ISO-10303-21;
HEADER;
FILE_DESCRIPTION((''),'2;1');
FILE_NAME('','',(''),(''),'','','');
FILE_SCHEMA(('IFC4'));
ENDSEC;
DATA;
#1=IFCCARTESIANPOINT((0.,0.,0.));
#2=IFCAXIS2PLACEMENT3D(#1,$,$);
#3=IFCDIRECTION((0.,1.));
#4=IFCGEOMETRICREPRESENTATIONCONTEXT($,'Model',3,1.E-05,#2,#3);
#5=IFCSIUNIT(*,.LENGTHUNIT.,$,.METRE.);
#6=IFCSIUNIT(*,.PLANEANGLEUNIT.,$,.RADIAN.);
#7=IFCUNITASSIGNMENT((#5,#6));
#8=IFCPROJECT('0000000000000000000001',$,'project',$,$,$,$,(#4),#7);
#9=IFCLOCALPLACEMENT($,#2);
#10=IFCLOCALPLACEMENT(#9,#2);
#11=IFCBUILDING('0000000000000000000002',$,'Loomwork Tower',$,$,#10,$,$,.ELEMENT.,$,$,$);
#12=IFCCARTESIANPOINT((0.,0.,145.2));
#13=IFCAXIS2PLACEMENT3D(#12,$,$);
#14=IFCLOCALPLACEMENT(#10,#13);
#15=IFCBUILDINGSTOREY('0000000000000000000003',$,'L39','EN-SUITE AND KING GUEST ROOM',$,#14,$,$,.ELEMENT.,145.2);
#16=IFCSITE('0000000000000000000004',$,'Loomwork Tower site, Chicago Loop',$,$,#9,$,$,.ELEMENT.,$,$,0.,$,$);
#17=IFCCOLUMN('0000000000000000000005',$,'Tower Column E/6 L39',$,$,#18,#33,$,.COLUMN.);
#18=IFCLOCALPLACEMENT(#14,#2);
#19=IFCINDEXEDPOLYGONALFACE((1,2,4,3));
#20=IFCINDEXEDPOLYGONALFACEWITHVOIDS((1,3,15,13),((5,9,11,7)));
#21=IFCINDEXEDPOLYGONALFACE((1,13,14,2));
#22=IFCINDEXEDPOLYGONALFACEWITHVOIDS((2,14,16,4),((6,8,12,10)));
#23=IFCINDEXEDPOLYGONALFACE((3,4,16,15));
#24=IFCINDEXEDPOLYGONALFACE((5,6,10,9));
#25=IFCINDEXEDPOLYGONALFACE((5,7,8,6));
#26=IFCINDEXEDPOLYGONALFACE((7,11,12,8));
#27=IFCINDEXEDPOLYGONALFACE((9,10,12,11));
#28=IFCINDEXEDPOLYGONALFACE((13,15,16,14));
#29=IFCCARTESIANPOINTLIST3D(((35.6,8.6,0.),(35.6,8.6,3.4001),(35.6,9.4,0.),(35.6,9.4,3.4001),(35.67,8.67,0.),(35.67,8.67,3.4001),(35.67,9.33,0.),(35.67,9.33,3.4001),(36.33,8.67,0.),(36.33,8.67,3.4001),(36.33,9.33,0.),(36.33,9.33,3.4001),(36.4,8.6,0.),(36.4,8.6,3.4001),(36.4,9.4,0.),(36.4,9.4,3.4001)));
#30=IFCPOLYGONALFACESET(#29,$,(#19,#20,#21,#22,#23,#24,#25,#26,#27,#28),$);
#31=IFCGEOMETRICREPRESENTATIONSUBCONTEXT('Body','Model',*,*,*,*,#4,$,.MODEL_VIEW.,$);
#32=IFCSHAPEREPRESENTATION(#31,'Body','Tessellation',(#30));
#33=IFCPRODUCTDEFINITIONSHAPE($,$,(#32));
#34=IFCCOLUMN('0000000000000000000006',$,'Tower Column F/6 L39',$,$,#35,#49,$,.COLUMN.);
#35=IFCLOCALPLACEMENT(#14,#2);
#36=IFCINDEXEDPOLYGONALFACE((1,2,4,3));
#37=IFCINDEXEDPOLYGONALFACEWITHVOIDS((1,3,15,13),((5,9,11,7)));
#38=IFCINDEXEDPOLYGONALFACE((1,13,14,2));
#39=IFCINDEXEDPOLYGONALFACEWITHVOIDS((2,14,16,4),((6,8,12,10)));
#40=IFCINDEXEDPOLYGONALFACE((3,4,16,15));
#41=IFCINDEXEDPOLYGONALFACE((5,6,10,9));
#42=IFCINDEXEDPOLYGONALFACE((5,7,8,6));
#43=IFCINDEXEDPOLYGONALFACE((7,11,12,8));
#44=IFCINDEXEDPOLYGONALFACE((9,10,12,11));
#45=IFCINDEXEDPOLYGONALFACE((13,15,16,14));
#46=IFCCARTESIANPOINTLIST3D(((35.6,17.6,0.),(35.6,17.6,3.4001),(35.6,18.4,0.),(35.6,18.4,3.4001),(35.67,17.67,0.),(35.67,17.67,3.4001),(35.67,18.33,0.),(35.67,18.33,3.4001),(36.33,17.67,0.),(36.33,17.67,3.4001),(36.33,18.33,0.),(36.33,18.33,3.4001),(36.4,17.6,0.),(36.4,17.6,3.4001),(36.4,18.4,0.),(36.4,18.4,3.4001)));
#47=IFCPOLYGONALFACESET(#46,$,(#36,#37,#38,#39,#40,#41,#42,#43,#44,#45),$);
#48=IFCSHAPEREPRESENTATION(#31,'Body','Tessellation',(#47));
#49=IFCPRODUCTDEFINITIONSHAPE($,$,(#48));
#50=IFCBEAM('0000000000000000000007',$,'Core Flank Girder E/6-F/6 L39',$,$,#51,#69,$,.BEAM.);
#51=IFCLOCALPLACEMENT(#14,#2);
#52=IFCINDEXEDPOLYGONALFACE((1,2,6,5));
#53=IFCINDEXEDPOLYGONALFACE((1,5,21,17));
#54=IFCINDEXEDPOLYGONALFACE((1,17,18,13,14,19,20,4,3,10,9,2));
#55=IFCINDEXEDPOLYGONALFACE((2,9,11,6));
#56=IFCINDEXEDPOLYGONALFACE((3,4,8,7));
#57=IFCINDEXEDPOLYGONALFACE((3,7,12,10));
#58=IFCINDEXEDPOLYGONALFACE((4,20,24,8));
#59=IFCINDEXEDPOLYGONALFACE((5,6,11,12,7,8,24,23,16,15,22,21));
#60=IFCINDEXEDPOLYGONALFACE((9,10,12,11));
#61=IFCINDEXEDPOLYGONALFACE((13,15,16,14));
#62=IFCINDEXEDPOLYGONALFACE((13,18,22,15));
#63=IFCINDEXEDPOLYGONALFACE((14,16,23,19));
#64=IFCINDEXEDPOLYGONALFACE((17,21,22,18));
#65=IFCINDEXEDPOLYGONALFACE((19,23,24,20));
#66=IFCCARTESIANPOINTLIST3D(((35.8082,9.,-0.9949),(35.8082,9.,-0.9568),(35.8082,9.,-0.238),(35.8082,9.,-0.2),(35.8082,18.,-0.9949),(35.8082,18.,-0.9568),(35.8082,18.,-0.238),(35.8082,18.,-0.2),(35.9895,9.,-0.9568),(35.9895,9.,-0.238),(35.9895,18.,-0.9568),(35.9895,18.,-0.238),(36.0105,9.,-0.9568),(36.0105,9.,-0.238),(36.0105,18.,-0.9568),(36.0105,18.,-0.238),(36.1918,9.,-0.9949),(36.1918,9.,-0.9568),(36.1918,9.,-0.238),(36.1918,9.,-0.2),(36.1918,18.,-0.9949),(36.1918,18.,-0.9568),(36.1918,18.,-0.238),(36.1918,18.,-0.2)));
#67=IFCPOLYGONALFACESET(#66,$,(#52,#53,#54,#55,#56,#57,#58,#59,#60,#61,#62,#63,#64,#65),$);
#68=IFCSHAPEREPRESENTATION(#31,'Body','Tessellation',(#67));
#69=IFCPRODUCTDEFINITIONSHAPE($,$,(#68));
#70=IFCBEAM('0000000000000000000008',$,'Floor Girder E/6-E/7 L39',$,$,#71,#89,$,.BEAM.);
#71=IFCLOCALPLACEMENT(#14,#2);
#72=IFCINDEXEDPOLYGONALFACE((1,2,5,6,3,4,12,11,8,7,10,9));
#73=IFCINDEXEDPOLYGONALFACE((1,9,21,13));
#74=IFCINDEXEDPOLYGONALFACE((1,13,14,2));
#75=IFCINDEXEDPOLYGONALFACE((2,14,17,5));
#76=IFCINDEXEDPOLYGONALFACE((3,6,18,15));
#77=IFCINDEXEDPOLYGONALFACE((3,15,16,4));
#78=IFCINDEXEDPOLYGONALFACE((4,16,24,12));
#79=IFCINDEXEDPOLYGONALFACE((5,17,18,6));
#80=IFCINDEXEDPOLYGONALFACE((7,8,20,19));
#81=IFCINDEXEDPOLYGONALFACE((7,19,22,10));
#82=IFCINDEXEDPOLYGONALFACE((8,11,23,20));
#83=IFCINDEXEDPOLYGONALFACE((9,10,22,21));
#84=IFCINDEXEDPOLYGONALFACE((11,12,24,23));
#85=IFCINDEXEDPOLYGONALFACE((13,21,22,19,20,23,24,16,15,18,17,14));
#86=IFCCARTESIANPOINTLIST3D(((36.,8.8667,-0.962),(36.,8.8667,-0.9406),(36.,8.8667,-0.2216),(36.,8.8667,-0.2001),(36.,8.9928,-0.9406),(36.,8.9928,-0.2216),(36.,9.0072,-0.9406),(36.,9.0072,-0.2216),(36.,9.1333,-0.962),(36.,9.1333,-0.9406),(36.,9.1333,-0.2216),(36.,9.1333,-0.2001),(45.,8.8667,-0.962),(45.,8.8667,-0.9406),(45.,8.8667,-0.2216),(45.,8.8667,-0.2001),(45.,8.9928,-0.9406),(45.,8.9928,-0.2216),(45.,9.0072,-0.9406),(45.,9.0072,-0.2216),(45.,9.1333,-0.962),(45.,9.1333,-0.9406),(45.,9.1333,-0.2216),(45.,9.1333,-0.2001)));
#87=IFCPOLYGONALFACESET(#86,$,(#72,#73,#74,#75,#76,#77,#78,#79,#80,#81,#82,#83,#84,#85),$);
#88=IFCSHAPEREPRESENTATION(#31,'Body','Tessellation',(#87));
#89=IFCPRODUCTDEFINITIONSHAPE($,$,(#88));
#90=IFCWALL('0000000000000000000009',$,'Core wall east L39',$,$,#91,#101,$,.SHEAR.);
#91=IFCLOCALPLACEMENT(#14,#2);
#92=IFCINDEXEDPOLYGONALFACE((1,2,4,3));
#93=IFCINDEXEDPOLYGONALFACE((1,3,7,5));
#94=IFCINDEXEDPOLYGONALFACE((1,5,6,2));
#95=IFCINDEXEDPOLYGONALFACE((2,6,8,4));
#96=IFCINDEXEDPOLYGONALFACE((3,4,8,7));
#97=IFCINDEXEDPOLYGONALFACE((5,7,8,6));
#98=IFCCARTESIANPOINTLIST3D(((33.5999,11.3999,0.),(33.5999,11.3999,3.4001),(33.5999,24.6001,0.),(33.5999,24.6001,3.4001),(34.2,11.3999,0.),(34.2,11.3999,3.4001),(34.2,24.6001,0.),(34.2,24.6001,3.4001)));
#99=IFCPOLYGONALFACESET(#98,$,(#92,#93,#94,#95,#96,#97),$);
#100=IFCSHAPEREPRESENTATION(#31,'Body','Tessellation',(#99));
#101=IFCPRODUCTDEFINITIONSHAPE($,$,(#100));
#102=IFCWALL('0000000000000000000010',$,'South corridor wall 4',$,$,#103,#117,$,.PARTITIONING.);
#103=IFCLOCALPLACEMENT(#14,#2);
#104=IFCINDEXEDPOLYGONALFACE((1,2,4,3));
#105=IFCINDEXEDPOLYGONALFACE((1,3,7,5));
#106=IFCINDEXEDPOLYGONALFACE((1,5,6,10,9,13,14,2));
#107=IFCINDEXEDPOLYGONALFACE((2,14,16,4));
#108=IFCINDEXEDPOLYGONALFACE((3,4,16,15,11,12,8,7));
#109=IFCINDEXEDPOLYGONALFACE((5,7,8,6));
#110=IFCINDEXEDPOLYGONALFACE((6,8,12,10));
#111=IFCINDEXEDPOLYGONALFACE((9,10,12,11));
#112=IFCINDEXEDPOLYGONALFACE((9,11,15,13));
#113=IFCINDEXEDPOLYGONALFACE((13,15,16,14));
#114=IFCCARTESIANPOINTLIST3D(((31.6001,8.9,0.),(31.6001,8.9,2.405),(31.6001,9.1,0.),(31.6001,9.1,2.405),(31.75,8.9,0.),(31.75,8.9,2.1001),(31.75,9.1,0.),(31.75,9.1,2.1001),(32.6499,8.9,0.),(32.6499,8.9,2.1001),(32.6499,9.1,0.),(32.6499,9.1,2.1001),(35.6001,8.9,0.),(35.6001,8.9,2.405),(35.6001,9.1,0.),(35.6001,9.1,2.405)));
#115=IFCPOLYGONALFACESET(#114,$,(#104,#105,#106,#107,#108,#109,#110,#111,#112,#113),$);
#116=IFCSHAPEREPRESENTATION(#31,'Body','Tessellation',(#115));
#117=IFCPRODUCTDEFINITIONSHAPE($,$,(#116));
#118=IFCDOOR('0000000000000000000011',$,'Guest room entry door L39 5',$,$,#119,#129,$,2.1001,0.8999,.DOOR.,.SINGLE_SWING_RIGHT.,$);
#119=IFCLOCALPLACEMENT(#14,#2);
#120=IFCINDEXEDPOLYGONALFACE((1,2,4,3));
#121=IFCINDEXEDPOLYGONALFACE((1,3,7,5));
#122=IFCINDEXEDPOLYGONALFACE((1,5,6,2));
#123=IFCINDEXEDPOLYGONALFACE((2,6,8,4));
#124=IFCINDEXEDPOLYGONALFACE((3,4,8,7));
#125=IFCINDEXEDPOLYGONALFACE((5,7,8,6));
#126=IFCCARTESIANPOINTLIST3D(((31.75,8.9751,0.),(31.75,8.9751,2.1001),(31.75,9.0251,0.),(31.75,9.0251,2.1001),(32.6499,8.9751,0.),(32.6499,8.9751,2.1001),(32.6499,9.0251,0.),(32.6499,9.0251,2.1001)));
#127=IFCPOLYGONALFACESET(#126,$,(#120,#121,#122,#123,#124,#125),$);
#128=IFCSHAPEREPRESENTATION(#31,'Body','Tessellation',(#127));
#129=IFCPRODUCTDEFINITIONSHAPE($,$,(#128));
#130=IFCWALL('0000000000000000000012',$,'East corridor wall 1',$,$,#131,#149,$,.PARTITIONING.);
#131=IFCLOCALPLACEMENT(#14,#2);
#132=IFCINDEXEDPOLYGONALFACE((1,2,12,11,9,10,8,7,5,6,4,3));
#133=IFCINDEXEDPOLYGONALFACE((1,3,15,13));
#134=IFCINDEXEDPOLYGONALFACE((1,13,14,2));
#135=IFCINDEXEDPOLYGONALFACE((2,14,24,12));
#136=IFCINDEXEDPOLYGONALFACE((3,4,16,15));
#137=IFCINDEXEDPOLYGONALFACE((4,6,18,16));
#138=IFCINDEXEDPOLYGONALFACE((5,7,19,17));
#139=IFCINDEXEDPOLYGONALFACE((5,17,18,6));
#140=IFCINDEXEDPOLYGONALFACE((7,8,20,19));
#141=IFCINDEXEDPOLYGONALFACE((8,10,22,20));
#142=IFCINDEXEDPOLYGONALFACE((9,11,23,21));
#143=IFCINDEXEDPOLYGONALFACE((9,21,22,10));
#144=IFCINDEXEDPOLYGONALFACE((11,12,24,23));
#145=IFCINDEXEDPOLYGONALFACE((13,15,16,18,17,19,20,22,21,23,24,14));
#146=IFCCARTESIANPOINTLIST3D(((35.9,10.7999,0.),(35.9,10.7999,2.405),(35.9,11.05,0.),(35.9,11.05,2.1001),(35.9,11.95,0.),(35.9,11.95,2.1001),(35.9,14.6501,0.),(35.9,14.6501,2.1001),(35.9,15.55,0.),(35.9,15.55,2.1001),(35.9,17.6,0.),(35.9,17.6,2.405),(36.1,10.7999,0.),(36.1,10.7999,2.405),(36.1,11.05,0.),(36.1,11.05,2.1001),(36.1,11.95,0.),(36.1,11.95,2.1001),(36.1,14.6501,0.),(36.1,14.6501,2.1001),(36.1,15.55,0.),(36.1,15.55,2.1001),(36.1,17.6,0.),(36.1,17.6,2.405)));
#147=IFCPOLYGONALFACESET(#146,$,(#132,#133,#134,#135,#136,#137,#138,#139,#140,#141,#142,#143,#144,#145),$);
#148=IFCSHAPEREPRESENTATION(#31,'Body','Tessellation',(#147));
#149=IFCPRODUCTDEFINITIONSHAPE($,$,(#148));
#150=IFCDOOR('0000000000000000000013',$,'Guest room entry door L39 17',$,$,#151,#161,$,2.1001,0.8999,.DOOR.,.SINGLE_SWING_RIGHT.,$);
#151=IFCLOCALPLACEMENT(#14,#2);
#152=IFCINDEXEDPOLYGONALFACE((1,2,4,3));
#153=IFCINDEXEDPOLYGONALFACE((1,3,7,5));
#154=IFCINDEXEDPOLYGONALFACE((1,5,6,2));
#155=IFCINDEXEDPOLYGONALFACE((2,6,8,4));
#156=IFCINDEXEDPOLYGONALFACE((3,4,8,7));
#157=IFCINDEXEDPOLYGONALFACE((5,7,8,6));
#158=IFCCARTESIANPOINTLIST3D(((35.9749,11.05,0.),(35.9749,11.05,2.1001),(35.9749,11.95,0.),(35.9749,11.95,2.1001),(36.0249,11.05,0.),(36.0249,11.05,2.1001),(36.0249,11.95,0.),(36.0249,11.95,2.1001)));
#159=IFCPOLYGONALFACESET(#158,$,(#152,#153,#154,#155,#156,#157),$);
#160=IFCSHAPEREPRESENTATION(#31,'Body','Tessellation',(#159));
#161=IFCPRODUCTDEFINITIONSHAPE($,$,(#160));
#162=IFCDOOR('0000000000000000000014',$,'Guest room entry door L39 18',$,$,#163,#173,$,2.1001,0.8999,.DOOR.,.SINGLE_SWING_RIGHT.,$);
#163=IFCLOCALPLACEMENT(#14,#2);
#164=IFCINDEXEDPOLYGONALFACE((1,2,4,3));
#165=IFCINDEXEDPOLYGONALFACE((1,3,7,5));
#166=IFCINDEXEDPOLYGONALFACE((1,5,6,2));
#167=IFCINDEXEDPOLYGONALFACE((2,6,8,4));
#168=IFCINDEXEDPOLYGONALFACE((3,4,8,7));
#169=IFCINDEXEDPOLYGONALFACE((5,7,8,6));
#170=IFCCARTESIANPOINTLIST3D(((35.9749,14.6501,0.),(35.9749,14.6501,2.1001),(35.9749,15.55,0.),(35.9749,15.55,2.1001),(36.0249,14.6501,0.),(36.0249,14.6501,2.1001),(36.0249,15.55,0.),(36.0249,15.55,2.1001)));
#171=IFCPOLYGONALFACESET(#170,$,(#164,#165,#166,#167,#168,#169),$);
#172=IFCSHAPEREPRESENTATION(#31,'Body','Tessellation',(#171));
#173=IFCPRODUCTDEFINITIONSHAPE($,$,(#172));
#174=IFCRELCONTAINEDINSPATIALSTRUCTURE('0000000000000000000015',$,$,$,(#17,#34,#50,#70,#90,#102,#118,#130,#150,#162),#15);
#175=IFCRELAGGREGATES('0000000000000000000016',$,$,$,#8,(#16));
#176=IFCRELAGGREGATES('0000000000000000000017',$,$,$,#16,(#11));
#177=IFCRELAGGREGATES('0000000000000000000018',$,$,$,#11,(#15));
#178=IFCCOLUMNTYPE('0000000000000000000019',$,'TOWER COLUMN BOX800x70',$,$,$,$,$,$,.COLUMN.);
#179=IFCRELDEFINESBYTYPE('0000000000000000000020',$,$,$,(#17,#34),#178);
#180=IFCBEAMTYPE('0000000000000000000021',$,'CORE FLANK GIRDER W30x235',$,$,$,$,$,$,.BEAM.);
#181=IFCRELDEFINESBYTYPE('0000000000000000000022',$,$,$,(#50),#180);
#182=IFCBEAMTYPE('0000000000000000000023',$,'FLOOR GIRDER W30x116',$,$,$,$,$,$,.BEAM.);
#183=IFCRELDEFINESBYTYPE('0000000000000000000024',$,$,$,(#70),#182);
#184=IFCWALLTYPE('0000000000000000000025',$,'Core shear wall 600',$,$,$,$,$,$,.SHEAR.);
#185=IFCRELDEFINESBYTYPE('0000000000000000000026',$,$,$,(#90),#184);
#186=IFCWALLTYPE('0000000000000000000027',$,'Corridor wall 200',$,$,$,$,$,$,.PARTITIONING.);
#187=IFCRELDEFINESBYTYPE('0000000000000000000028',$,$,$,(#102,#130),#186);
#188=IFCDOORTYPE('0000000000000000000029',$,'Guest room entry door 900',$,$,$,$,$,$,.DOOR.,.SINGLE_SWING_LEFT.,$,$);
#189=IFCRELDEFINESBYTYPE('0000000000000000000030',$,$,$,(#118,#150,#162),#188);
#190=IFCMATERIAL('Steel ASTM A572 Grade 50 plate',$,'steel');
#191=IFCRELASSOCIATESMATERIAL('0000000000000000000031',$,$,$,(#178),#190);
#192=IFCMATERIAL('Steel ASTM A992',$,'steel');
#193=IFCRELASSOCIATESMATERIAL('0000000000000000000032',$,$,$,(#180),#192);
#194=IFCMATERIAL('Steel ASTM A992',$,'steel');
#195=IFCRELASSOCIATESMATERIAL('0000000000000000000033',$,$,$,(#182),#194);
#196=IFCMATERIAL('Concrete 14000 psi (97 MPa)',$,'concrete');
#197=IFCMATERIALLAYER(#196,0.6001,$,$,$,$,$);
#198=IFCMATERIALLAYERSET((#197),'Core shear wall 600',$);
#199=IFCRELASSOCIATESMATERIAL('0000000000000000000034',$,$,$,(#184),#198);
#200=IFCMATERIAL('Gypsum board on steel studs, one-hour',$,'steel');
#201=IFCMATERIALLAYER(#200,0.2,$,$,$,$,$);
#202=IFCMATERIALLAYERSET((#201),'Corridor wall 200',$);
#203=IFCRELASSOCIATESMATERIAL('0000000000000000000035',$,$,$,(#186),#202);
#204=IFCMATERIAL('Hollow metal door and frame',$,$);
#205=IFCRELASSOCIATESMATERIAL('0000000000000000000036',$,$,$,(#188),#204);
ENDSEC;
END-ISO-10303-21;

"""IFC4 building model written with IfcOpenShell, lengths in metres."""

from ifc_helpers import new_model, si_unit, direction, frame, frame_2d, origin, origin_2d, place, context, subcontext, project, spatial, rectangle, hollow_rectangle, i_section, extrude, material, layer, layer_set, material_profile, profile_set, type_object, element, fill, save


model = new_model("IFC4")

# Units and contexts
model_context = context("Model", 3, precision=1e-05, world=origin(), true_north=direction((0.0, 1.0)))
body_context = subcontext(model_context, "Body", "Model", "MODEL_VIEW")
ifc_project = project(units=[si_unit("LENGTHUNIT", "METRE"), si_unit("PLANEANGLEUNIT", "RADIAN")], contexts=[model_context])

# Site, building, storey
site_placement = place(None, origin())
site = spatial("IfcSite", under=ifc_project, at=site_placement, Name="Loomwork Tower site, Chicago Loop", CompositionType="ELEMENT", RefElevation=0.0)
building_placement = place(site_placement, origin())
building = spatial("IfcBuilding", under=site, at=building_placement, Name="Loomwork Tower", CompositionType="ELEMENT")
storey_placement = place(building_placement, frame((0.0, 0.0, 145.2)))
storey = spatial("IfcBuildingStorey", under=building, at=storey_placement, Name="L39", Description="EN-SUITE AND KING GUEST ROOM", CompositionType="ELEMENT", Elevation=145.2)

# Columns
ifc_material_1 = material(Name="Steel ASTM A572 Grade 50 plate", Category="steel")
ifc_material_profile_1 = material_profile(ifc_material_1, hollow_rectangle(XDim=0.8, YDim=0.8, WallThickness=0.0701, at=origin_2d()), Name="BOX800x70")
ifc_profile_set_1 = profile_set([ifc_material_profile_1], Name="Steel ASTM A572 Grade 50 plate")
column_type = type_object("IfcColumnType", Name="TOWER COLUMN BOX800x70", PredefinedType="COLUMN", material=ifc_profile_set_1)
for number, where, z_axis, x_axis, name in (
    (1, (36.0, 9.0, 0.0), (0.0, 0.0, 1.0), (0.0, 1.0, 0.0), "Tower Column E/6 L39"),
    (2, (36.0, 18.0, 0.0), (0.0, 0.0, 1.0), (0.0, 1.0, 0.0), "Tower Column F/6 L39"),
):
    element("IfcColumn", number, at=place(storey_placement, frame(where, z_axis=z_axis, x_axis=x_axis)), inside=storey, type_object=column_type, Name=name, PredefinedType="COLUMN", context=body_context, shape_type="SweptSolid", body=[
        extrude(hollow_rectangle(XDim=0.8, YDim=0.8, WallThickness=0.0701, at=origin_2d()), origin(), (0.0, 0.0, 1.0), 3.4001),
    ])

# Beams
ifc_material_2 = material(Name="Steel ASTM A992", Category="steel")
ifc_material_profile_2 = material_profile(ifc_material_2, i_section(OverallWidth=0.3835, OverallDepth=0.7949, WebThickness=0.021, FlangeThickness=0.0381, at=origin_2d()), Name="W30x235")
ifc_profile_set_2 = profile_set([ifc_material_profile_2], Name="Steel ASTM A992")
beam_type_1 = type_object("IfcBeamType", Name="CORE FLANK GIRDER W30x235", PredefinedType="BEAM", material=ifc_profile_set_2)
beam_1_placement = place(storey_placement, frame((36.0, 9.0, -0.5974), z_axis=(0.0, 1.0, 0.0), x_axis=(-1.0, 0.0, 0.0)))
element("IfcBeam", 3, at=beam_1_placement, inside=storey, type_object=beam_type_1, Name="Core Flank Girder E/6-F/6 L39", PredefinedType="BEAM", context=body_context, shape_type="SweptSolid", body=[
    extrude(i_section(OverallWidth=0.3835, OverallDepth=0.7949, WebThickness=0.021, FlangeThickness=0.0381, at=origin_2d()), origin(), (0.0, 0.0, 1.0), 9.0),
])
ifc_material_3 = material(Name="Steel ASTM A992", Category="steel")
ifc_material_profile_3 = material_profile(ifc_material_3, i_section(OverallWidth=0.2666, OverallDepth=0.762, WebThickness=0.0144, FlangeThickness=0.0215, at=origin_2d()), Name="W30x116")
ifc_profile_set_3 = profile_set([ifc_material_profile_3], Name="Steel ASTM A992")
beam_type_2 = type_object("IfcBeamType", Name="FLOOR GIRDER W30x116", PredefinedType="BEAM", material=ifc_profile_set_3)
beam_2_placement = place(storey_placement, frame((36.0, 9.0, -0.5811), z_axis=(1.0, 0.0, 0.0), x_axis=(0.0, 1.0, 0.0)))
element("IfcBeam", 4, at=beam_2_placement, inside=storey, type_object=beam_type_2, Name="Floor Girder E/6-E/7 L39", PredefinedType="BEAM", context=body_context, shape_type="SweptSolid", body=[
    extrude(i_section(OverallWidth=0.2666, OverallDepth=0.762, WebThickness=0.0144, FlangeThickness=0.0215, at=origin_2d()), origin(), (0.0, 0.0, 1.0), 9.0),
])

# Wall
ifc_material_4 = material(Name="Concrete 14000 psi (97 MPa)", Category="concrete")
ifc_layer_1 = layer(ifc_material_4, 0.6001)
ifc_layer_set_1 = layer_set([ifc_layer_1], Name="Core shear wall 600")
wall_type_1 = type_object("IfcWallType", Name="Core shear wall 600", PredefinedType="SHEAR", material=ifc_layer_set_1)
wall_1_placement = place(storey_placement, frame((33.8999, 11.3999, 0.0), z_axis=(0.0, 0.0, 1.0), x_axis=(0.0, 1.0, 0.0)))
element("IfcWall", 5, at=wall_1_placement, inside=storey, type_object=wall_type_1, Name="Core wall east L39", PredefinedType="SHEAR", context=body_context, shape_type="SweptSolid", body=[
    extrude(rectangle(XDim=13.2002, YDim=0.6001, at=frame_2d((6.6001, 0.0))), origin(), (0.0, 0.0, 1.0), 3.4001),
])

# Wall, opening, door
ifc_material_5 = material(Name="Gypsum board on steel studs, one-hour", Category="steel")
ifc_layer_2 = layer(ifc_material_5, 0.2)
ifc_layer_set_2 = layer_set([ifc_layer_2], Name="Corridor wall 200")
wall_type_2 = type_object("IfcWallType", Name="Corridor wall 200", PredefinedType="PARTITIONING", material=ifc_layer_set_2)
wall_2_placement = place(storey_placement, frame((31.6001, 9.0, 0.0), z_axis=(0.0, 0.0, 1.0), x_axis=(1.0, 0.0, 0.0)))
wall_2 = element("IfcWall", 6, at=wall_2_placement, inside=storey, type_object=wall_type_2, Name="South corridor wall 4", PredefinedType="PARTITIONING", context=body_context, shape_type="SweptSolid", body=[
    extrude(rectangle(XDim=4.0, YDim=0.2, at=frame_2d((2.0, 0.0))), origin(), (0.0, 0.0, 1.0), 2.405),
])
opening_1_placement = place(wall_2_placement, frame((0.1499, 0.0, 0.0)))
opening_1 = element("IfcOpeningElement", 7, at=opening_1_placement, cuts=wall_2, PredefinedType="OPENING", context=body_context, shape_type="SweptSolid", body=[
    extrude(rectangle(XDim=0.8999, YDim=2.1001, at=frame_2d((0.45, 1.05))), frame((0.0, 0.1099, 0.0), z_axis=(0.0, -1.0, 0.0), x_axis=(1.0, 0.0, 0.0)), (0.0, 0.0, 1.0), 0.22),
])
ifc_material_6 = material(Name="Hollow metal door and frame")
door_type_1 = type_object("IfcDoorType", Name="Guest room entry door 900", OperationType="SINGLE_SWING_LEFT", PredefinedType="DOOR", material=ifc_material_6)
door_1_placement = place(opening_1_placement, frame((0.8999, 0.0, 0.0), z_axis=(0.0, 0.0, 1.0), x_axis=(-1.0, 0.0, 0.0)))
door_1 = element("IfcDoor", 8, at=door_1_placement, inside=storey, type_object=door_type_1, Name="Guest room entry door L39 5", OperationType="SINGLE_SWING_RIGHT", OverallHeight=2.1001, OverallWidth=0.8999, PredefinedType="DOOR", context=body_context, shape_type="SweptSolid", body=[
    extrude(rectangle(XDim=0.8999, YDim=2.1001, at=frame_2d((0.45, 1.05))), frame((0.0, 0.0249, 0.0), z_axis=(0.0, -1.0, 0.0), x_axis=(1.0, 0.0, 0.0)), (0.0, 0.0, 1.0), 0.05),
])
fill(opening_1, door_1)

# Wall, openings, doors
wall_3_placement = place(storey_placement, frame((36.0, 10.8, 0.0), z_axis=(0.0, 0.0, 1.0), x_axis=(0.0, 1.0, 0.0)))
wall_3 = element("IfcWall", 9, at=wall_3_placement, inside=storey, type_object=wall_type_2, Name="East corridor wall 1", PredefinedType="PARTITIONING", context=body_context, shape_type="SweptSolid", body=[
    extrude(rectangle(XDim=6.8, YDim=0.2, at=frame_2d((3.3999, 0.0))), origin(), (0.0, 0.0, 1.0), 2.405),
])
opening_2_placement = place(wall_3_placement, frame((0.25, 0.0, 0.0)))
opening_2 = element("IfcOpeningElement", 10, at=opening_2_placement, cuts=wall_3, PredefinedType="OPENING", context=body_context, shape_type="SweptSolid", body=[
    extrude(rectangle(XDim=0.8999, YDim=2.1001, at=frame_2d((0.45, 1.05))), frame((0.0, 0.1099, 0.0), z_axis=(0.0, -1.0, 0.0), x_axis=(1.0, 0.0, 0.0)), (0.0, 0.0, 1.0), 0.22),
])
opening_3_placement = place(wall_3_placement, frame((3.8501, 0.0, 0.0)))
opening_3 = element("IfcOpeningElement", 11, at=opening_3_placement, cuts=wall_3, PredefinedType="OPENING", context=body_context, shape_type="SweptSolid", body=[
    extrude(rectangle(XDim=0.8999, YDim=2.1001, at=frame_2d((0.45, 1.05))), frame((0.0, 0.1099, 0.0), z_axis=(0.0, -1.0, 0.0), x_axis=(1.0, 0.0, 0.0)), (0.0, 0.0, 1.0), 0.22),
])
door_2_placement = place(opening_2_placement, frame((0.8999, 0.0, 0.0), z_axis=(0.0, 0.0, 1.0), x_axis=(-1.0, 0.0, 0.0)))
door_2 = element("IfcDoor", 12, at=door_2_placement, inside=storey, type_object=door_type_1, Name="Guest room entry door L39 17", OperationType="SINGLE_SWING_RIGHT", OverallHeight=2.1001, OverallWidth=0.8999, PredefinedType="DOOR", context=body_context, shape_type="SweptSolid", body=[
    extrude(rectangle(XDim=0.8999, YDim=2.1001, at=frame_2d((0.45, 1.05))), frame((0.0, 0.0249, 0.0), z_axis=(0.0, -1.0, 0.0), x_axis=(1.0, 0.0, 0.0)), (0.0, 0.0, 1.0), 0.05),
])
fill(opening_2, door_2)
door_3_placement = place(opening_3_placement, frame((0.8999, 0.0, 0.0), z_axis=(0.0, 0.0, 1.0), x_axis=(-1.0, 0.0, 0.0)))
door_3 = element("IfcDoor", 13, at=door_3_placement, inside=storey, type_object=door_type_1, Name="Guest room entry door L39 18", OperationType="SINGLE_SWING_RIGHT", OverallHeight=2.1001, OverallWidth=0.8999, PredefinedType="DOOR", context=body_context, shape_type="SweptSolid", body=[
    extrude(rectangle(XDim=0.8999, YDim=2.1001, at=frame_2d((0.45, 1.05))), frame((0.0, 0.0249, 0.0), z_axis=(0.0, -1.0, 0.0), x_axis=(1.0, 0.0, 0.0)), (0.0, 0.0, 1.0), 0.05),
])
fill(opening_3, door_3)

save(model, "model.ifc")
